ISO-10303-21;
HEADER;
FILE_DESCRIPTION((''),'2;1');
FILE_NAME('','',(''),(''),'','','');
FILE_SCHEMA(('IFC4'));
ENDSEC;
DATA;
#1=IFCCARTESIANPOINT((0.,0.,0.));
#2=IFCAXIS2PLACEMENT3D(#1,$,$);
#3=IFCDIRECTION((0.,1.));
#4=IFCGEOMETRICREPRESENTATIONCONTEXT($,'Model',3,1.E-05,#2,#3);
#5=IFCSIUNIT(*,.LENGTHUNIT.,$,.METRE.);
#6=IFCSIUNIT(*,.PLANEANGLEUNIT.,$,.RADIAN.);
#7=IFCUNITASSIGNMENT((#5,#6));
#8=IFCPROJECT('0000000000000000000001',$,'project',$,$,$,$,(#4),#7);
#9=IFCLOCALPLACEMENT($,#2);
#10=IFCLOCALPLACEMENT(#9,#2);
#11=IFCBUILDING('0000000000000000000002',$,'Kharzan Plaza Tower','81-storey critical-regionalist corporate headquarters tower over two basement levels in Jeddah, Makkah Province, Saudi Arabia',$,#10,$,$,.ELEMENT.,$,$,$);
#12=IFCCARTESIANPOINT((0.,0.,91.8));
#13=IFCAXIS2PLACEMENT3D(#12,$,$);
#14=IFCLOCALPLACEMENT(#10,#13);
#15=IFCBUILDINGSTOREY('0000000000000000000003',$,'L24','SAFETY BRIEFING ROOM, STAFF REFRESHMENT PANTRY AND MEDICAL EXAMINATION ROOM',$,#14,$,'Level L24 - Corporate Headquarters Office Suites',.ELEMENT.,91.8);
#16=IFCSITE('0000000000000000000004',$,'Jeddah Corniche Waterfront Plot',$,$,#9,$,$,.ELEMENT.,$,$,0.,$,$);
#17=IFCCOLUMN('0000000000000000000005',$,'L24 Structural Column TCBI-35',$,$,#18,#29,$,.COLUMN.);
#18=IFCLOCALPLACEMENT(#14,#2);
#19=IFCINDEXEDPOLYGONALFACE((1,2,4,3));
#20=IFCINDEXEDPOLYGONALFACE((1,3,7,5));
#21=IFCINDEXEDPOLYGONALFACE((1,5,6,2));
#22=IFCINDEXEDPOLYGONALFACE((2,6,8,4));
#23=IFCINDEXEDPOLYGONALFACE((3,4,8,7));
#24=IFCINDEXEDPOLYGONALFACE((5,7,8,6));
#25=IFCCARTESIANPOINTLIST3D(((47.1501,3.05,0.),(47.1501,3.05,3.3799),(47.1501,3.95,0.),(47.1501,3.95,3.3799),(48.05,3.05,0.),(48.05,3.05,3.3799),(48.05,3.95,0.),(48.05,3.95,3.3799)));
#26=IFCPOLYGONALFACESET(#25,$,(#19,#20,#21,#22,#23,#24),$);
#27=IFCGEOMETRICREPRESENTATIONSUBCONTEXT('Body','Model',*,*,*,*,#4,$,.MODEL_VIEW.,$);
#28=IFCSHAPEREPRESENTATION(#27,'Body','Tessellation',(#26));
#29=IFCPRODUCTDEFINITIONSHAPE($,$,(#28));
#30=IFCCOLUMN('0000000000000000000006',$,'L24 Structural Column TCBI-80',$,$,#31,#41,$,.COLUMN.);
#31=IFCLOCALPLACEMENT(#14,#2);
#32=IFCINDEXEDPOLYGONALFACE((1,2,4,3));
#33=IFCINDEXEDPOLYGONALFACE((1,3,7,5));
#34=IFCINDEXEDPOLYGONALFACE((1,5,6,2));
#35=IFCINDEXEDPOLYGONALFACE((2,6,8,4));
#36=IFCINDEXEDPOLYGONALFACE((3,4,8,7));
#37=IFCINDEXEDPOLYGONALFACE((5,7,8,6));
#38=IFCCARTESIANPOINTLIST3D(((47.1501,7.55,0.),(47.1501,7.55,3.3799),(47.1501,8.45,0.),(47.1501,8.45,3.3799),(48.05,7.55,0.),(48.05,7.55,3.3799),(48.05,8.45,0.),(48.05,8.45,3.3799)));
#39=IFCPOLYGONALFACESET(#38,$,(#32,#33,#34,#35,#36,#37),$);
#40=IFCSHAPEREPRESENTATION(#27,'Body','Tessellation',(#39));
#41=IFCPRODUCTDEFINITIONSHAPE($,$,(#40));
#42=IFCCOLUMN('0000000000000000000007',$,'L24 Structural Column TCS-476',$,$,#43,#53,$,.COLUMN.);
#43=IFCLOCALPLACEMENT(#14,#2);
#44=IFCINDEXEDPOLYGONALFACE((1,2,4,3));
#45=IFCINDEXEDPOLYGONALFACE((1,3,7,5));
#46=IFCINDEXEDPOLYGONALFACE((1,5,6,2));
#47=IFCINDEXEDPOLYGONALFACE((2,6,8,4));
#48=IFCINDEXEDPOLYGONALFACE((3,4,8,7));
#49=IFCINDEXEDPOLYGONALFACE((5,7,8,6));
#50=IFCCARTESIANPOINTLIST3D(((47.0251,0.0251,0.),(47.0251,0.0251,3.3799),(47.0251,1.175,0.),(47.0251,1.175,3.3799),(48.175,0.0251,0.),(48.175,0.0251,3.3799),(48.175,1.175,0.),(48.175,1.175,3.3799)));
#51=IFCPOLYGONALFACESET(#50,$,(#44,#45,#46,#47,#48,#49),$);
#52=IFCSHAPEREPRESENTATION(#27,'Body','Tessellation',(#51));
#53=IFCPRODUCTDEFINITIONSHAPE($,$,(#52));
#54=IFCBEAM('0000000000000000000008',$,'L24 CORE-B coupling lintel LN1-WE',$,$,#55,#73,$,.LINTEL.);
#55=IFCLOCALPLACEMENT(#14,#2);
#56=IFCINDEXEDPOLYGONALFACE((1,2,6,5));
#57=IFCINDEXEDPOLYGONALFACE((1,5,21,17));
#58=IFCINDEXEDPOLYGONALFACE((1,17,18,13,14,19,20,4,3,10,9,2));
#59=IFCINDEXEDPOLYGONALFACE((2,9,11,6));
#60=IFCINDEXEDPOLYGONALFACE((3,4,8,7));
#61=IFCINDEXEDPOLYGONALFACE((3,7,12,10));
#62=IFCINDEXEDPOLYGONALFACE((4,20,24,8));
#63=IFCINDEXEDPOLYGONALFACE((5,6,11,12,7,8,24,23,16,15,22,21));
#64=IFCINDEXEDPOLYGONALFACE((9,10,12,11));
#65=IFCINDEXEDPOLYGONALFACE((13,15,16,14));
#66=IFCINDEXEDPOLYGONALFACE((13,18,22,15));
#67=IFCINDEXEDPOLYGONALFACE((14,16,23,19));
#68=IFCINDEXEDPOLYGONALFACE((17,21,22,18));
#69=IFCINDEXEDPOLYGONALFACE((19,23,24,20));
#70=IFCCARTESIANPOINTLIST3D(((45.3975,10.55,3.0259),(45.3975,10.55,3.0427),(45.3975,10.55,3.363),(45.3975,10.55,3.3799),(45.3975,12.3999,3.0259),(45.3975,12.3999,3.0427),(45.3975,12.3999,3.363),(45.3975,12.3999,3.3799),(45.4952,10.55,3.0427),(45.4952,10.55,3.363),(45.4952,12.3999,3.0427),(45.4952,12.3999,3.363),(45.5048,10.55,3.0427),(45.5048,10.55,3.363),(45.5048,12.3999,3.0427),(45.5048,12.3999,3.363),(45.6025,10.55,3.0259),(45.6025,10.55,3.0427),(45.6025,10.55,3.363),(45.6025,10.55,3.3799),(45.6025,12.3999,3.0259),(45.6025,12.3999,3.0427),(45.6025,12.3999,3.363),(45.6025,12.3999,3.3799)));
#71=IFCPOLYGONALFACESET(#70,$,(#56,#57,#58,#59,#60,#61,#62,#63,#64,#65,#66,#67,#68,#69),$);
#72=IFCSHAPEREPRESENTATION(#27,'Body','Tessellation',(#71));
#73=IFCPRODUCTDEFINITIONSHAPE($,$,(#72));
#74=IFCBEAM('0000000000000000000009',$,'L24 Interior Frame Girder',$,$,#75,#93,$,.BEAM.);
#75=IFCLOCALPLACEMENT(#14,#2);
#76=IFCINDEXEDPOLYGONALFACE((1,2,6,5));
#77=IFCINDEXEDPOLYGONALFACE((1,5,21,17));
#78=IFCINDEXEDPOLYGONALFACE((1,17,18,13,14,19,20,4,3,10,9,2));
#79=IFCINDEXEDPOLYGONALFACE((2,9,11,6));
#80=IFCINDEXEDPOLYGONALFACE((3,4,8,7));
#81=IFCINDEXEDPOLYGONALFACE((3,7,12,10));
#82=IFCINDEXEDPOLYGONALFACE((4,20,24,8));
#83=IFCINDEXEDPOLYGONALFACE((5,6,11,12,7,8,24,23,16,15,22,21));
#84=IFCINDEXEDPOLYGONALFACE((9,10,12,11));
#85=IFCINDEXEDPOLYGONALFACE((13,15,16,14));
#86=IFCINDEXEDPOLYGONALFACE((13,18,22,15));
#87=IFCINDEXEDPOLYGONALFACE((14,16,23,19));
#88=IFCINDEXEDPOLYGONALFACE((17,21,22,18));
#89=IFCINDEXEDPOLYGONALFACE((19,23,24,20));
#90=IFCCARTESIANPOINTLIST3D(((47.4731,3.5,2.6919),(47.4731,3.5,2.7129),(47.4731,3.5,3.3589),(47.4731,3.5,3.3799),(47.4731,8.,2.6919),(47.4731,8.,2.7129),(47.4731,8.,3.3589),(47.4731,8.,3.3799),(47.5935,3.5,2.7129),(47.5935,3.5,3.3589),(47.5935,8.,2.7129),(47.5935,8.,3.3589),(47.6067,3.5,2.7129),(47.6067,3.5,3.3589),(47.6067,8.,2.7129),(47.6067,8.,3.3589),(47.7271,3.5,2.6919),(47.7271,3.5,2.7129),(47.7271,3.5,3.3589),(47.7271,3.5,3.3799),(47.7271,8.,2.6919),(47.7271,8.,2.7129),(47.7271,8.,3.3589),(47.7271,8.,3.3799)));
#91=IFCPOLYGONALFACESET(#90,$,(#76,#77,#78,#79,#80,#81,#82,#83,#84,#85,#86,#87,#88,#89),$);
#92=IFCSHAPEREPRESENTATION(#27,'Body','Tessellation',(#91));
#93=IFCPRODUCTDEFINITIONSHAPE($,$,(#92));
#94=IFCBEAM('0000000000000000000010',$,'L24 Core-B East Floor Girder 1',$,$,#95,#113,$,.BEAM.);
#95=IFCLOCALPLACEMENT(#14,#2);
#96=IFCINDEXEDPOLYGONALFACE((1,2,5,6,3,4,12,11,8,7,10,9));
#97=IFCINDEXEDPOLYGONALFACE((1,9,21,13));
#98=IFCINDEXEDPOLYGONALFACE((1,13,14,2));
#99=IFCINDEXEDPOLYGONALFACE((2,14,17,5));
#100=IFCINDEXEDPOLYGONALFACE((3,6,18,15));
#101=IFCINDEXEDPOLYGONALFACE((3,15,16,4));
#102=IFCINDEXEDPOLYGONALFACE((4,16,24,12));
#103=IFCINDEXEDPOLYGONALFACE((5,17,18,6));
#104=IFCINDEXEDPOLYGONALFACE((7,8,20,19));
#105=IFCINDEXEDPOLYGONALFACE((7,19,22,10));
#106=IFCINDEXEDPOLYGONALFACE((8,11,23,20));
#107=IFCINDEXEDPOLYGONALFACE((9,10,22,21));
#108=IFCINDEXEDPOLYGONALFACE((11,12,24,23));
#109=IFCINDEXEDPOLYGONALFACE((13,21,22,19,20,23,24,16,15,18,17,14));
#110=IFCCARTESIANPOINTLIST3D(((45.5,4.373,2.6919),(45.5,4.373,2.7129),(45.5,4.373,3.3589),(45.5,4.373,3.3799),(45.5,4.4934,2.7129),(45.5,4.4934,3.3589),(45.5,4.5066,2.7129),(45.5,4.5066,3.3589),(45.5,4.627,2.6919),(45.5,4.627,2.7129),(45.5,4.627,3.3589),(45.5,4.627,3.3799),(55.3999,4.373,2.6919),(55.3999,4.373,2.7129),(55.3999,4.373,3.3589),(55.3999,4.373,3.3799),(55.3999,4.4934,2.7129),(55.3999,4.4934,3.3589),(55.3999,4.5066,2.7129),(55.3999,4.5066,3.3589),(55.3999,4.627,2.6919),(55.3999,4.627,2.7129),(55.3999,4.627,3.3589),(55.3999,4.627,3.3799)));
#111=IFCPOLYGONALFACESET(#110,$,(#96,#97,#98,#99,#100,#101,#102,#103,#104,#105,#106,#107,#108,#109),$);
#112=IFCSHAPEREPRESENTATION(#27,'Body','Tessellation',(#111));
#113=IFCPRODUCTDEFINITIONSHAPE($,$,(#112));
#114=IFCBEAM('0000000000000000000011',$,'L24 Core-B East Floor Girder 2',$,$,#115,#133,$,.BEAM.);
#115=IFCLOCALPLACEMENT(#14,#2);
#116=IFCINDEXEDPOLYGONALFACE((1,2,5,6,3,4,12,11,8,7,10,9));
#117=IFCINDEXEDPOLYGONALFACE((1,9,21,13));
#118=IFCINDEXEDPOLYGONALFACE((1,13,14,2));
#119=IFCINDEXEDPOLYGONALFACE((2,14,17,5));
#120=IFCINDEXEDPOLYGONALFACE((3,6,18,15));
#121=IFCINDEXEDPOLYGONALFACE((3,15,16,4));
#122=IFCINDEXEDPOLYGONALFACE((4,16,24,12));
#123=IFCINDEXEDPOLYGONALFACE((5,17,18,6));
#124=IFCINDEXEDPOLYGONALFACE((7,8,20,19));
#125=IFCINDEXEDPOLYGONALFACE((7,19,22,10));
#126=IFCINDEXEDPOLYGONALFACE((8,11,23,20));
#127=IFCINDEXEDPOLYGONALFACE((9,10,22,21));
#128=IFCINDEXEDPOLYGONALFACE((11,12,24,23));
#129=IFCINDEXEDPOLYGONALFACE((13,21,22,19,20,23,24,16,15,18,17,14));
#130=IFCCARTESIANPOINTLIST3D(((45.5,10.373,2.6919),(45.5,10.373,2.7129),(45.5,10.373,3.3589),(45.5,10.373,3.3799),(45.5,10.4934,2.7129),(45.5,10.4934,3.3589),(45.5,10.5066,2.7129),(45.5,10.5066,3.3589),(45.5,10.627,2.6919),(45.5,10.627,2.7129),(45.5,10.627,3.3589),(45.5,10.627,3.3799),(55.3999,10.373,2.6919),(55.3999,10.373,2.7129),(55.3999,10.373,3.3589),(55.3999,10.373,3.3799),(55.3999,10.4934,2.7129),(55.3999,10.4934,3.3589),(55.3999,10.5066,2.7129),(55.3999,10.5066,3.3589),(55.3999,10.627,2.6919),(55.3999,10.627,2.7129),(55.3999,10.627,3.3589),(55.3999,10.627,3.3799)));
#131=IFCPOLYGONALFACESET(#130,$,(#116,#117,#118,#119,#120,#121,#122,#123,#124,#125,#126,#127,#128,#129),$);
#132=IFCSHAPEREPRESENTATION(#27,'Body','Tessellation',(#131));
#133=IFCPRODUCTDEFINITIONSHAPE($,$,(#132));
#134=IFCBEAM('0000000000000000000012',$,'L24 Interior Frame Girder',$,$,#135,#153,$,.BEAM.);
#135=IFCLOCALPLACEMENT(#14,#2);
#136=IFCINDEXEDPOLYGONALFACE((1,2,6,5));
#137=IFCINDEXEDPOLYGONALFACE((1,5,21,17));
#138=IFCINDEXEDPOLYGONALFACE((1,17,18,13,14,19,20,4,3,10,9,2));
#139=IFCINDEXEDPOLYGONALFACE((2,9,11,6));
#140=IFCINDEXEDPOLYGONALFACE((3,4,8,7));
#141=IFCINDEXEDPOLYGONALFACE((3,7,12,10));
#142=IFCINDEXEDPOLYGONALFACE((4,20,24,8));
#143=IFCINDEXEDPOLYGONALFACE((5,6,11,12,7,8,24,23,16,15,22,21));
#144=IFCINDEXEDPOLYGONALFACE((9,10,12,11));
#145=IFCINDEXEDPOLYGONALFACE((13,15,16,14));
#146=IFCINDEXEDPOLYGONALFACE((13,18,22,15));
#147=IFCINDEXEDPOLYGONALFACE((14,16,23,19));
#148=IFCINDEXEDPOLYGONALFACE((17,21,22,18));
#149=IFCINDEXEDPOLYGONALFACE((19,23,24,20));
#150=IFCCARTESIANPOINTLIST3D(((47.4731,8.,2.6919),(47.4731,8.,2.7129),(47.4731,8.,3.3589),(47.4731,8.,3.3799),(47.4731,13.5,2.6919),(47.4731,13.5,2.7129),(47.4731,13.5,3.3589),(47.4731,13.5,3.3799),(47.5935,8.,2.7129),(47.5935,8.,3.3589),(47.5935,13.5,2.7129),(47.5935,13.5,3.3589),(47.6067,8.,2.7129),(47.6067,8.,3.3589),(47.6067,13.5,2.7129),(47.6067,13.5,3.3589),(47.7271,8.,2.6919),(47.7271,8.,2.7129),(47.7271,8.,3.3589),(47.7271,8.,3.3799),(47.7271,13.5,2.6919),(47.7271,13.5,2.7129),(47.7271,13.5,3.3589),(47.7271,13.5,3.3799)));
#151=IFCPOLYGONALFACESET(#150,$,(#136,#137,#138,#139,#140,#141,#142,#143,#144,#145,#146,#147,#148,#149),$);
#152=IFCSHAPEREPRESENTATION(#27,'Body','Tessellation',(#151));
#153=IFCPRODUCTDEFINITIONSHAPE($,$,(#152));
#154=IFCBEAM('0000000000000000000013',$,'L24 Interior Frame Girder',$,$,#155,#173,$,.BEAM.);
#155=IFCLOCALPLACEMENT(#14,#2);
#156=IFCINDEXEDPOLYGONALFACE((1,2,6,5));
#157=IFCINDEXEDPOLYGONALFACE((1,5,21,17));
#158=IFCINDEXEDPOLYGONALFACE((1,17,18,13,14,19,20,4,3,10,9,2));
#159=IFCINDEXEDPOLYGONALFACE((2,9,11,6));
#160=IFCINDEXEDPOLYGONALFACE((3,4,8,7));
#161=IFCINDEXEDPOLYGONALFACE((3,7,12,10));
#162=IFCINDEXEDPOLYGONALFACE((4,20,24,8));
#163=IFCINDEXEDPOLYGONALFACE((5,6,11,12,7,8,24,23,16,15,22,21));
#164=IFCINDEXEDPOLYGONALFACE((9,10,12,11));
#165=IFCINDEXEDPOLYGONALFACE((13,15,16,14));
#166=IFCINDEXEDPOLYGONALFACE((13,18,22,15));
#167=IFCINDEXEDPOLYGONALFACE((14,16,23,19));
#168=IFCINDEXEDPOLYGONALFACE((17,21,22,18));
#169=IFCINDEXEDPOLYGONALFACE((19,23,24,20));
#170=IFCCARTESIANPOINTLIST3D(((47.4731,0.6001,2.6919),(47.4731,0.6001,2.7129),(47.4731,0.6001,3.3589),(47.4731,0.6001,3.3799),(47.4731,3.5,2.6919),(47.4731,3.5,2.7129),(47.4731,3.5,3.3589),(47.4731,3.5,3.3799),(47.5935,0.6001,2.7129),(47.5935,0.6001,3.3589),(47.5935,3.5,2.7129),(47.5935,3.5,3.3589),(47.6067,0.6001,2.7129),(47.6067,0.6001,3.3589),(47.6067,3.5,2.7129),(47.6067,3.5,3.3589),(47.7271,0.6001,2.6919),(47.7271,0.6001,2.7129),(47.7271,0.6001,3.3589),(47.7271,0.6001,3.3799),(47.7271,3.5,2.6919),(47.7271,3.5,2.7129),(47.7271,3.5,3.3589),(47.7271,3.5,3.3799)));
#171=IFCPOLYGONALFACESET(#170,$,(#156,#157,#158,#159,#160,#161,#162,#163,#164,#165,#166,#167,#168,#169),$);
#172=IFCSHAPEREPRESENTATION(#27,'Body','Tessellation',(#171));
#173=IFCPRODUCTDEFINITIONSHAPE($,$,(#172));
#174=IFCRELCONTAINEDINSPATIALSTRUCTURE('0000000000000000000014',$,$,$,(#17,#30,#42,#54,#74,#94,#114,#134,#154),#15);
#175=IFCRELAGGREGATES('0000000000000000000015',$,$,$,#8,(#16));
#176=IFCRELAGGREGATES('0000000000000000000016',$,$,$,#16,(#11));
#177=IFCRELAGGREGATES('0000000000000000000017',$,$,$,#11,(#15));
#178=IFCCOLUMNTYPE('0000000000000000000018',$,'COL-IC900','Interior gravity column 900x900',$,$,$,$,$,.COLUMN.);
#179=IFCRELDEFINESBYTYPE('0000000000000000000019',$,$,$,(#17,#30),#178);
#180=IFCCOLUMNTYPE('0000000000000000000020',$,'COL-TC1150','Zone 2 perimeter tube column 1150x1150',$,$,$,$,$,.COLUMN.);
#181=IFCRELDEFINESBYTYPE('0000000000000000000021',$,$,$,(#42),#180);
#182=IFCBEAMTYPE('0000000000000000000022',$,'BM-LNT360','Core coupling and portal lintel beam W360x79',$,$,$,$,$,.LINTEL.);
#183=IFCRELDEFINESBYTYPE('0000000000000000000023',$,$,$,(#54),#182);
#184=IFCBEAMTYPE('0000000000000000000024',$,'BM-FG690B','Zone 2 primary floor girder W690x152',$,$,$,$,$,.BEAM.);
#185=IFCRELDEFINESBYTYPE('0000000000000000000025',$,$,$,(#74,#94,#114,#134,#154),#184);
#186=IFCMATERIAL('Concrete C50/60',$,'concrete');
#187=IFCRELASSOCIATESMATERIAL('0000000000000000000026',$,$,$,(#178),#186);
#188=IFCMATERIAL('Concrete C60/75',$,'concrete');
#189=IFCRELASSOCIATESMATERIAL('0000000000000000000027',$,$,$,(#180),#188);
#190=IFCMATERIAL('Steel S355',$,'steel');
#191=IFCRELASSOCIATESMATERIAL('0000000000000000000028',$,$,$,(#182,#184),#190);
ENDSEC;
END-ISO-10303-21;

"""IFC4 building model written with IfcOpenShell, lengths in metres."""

from ifc_helpers import new_model, si_unit, direction, frame, origin, origin_2d, place, context, subcontext, project, spatial, rectangle, i_section, extrude, source, transform, mapped, material, material_profile, profile_set, type_object, element, save


model = new_model("IFC4")

# Units and contexts
model_context = context("Model", 3, precision=1e-05, world=origin(), true_north=direction((0.0, 1.0)))
body_context = subcontext(model_context, "Body", "Model", "MODEL_VIEW")
ifc_project = project(units=[si_unit("LENGTHUNIT", "METRE"), si_unit("PLANEANGLEUNIT", "RADIAN")], contexts=[model_context])

# Site, building, storey
site_placement = place(None, origin())
site = spatial("IfcSite", under=ifc_project, at=site_placement, Name="Jeddah Corniche Waterfront Plot", CompositionType="ELEMENT", RefElevation=0.0)
building_placement = place(site_placement, origin())
building = spatial("IfcBuilding", under=site, at=building_placement, Name="Kharzan Plaza Tower", Description="81-storey critical-regionalist corporate headquarters tower over two basement levels in Jeddah, Makkah Province, Saudi Arabia", CompositionType="ELEMENT")
storey_placement = place(building_placement, frame((0.0, 0.0, 91.8)))
storey = spatial("IfcBuildingStorey", under=building, at=storey_placement, Name="L24", Description="SAFETY BRIEFING ROOM, STAFF REFRESHMENT PANTRY AND MEDICAL EXAMINATION ROOM", LongName="Level L24 - Corporate Headquarters Office Suites", CompositionType="ELEMENT", Elevation=91.8)

# Columns
ifc_material_1 = material(Name="Concrete C50/60", Category="concrete")
ifc_material_profile_1 = material_profile(ifc_material_1, rectangle(XDim=0.8999, YDim=0.8999, at=origin_2d()), Name="RC-IC900x900")
ifc_profile_set_1 = profile_set([ifc_material_profile_1], Name="Concrete C50/60")
column_type_1 = type_object("IfcColumnType", Name="COL-IC900", Description="Interior gravity column 900x900", PredefinedType="COLUMN", material=ifc_profile_set_1)
shared_shape_1 = source(origin(), body_context, "Body", "SweptSolid", [
    extrude(rectangle(XDim=0.8999, YDim=0.8999, at=origin_2d()), origin(), (0.0, 0.0, 1.0), 3.3799),
])
for number, where, z_axis, x_axis, name in (
    (1, (47.6001, 3.5, 0.0), (0.0, 0.0, 1.0), (1.0, 0.0, 0.0), "L24 Structural Column TCBI-35"),
    (2, (47.6001, 8.0, 0.0), (0.0, 0.0, 1.0), (1.0, 0.0, 0.0), "L24 Structural Column TCBI-80"),
):
    element("IfcColumn", number, at=place(storey_placement, frame(where, z_axis=z_axis, x_axis=x_axis)), inside=storey, type_object=column_type_1, Name=name, PredefinedType="COLUMN", context=body_context, shape_type="MappedRepresentation", body=[
        mapped(shared_shape_1, transform((0.0, 0.0, 0.0), x_axis=(1.0, 0.0, 0.0), y_axis=(0.0, 1.0, 0.0), z_axis=(0.0, 0.0, 1.0))),
    ])
ifc_material_2 = material(Name="Concrete C60/75", Category="concrete")
ifc_material_profile_2 = material_profile(ifc_material_2, rectangle(XDim=1.1499, YDim=1.1499, at=origin_2d()), Name="RC-TC1150x1150")
ifc_profile_set_2 = profile_set([ifc_material_profile_2], Name="Concrete C60/75")
column_type_2 = type_object("IfcColumnType", Name="COL-TC1150", Description="Zone 2 perimeter tube column 1150x1150", PredefinedType="COLUMN", material=ifc_profile_set_2)
shared_shape_2 = source(origin(), body_context, "Body", "SweptSolid", [
    extrude(rectangle(XDim=1.1499, YDim=1.1499, at=origin_2d()), origin(), (0.0, 0.0, 1.0), 3.3799),
])
column_placement = place(storey_placement, frame((47.6001, 0.6001, 0.0), z_axis=(0.0, 0.0, 1.0), x_axis=(1.0, 0.0, 0.0)))
element("IfcColumn", 3, at=column_placement, inside=storey, type_object=column_type_2, Name="L24 Structural Column TCS-476", PredefinedType="COLUMN", context=body_context, shape_type="MappedRepresentation", body=[
    mapped(shared_shape_2, transform((0.0, 0.0, 0.0), x_axis=(1.0, 0.0, 0.0), y_axis=(0.0, 1.0, 0.0), z_axis=(0.0, 0.0, 1.0))),
])

# Beams
ifc_material_3 = material(Name="Steel S355", Category="steel")
ifc_material_profile_3 = material_profile(ifc_material_3, i_section(OverallWidth=0.2051, OverallDepth=0.354, WebThickness=0.0095, FlangeThickness=0.0168, at=origin_2d()), Name="W360x79")
ifc_profile_set_3 = profile_set([ifc_material_profile_3], Name="Steel S355")
beam_type_1 = type_object("IfcBeamType", Name="BM-LNT360", Description="Core coupling and portal lintel beam W360x79", PredefinedType="LINTEL", material=ifc_profile_set_3)
shared_shape_3 = source(origin(), body_context, "Body", "SweptSolid", [
    extrude(i_section(OverallWidth=0.2051, OverallDepth=0.354, WebThickness=0.0095, FlangeThickness=0.0168, at=origin_2d()), origin(), (0.0, 0.0, 1.0), 1.8499),
])
beam_1_placement = place(storey_placement, frame((45.5, 10.55, 3.2029), z_axis=(0.0, 1.0, 0.0), x_axis=(-1.0, 0.0, 0.0)))
element("IfcBeam", 4, at=beam_1_placement, inside=storey, type_object=beam_type_1, Name="L24 CORE-B coupling lintel LN1-WE", PredefinedType="LINTEL", context=body_context, shape_type="MappedRepresentation", body=[
    mapped(shared_shape_3, transform((0.0, 0.0, 0.0), x_axis=(1.0, 0.0, 0.0), y_axis=(0.0, 1.0, 0.0), z_axis=(0.0, 0.0, 1.0))),
])
ifc_material_profile_4 = material_profile(ifc_material_3, i_section(OverallWidth=0.2539, OverallDepth=0.688, WebThickness=0.0132, FlangeThickness=0.021, at=origin_2d()), Name="W690x152")
ifc_profile_set_4 = profile_set([ifc_material_profile_4], Name="Steel S355")
beam_type_2 = type_object("IfcBeamType", Name="BM-FG690B", Description="Zone 2 primary floor girder W690x152", PredefinedType="BEAM", material=ifc_profile_set_4)
shared_shape_4 = source(origin(), body_context, "Body", "SweptSolid", [
    extrude(i_section(OverallWidth=0.2539, OverallDepth=0.688, WebThickness=0.0132, FlangeThickness=0.021, at=origin_2d()), origin(), (0.0, 0.0, 1.0), 4.5),
])
beam_2_placement = place(storey_placement, frame((47.6001, 3.5, 3.0359), z_axis=(0.0, 1.0, 0.0), x_axis=(-1.0, 0.0, 0.0)))
element("IfcBeam", 5, at=beam_2_placement, inside=storey, type_object=beam_type_2, Name="L24 Interior Frame Girder", PredefinedType="BEAM", context=body_context, shape_type="MappedRepresentation", body=[
    mapped(shared_shape_4, transform((0.0, 0.0, 0.0), x_axis=(1.0, 0.0, 0.0), y_axis=(0.0, 1.0, 0.0), z_axis=(0.0, 0.0, 1.0))),
])
shared_shape_5 = source(origin(), body_context, "Body", "SweptSolid", [
    extrude(i_section(OverallWidth=0.2539, OverallDepth=0.688, WebThickness=0.0132, FlangeThickness=0.021, at=origin_2d()), origin(), (0.0, 0.0, 1.0), 9.8999),
])
for number, where, z_axis, x_axis, name in (
    (6, (45.5, 4.5, 3.0359), (1.0, 0.0, 0.0), (0.0, 1.0, 0.0), "L24 Core-B East Floor Girder 1"),
    (7, (45.5, 10.5, 3.0359), (1.0, 0.0, 0.0), (0.0, 1.0, 0.0), "L24 Core-B East Floor Girder 2"),
):
    element("IfcBeam", number, at=place(storey_placement, frame(where, z_axis=z_axis, x_axis=x_axis)), inside=storey, type_object=beam_type_2, Name=name, PredefinedType="BEAM", context=body_context, shape_type="MappedRepresentation", body=[
        mapped(shared_shape_5, transform((0.0, 0.0, 0.0), x_axis=(1.0, 0.0, 0.0), y_axis=(0.0, 1.0, 0.0), z_axis=(0.0, 0.0, 1.0))),
    ])
shared_shape_6 = source(origin(), body_context, "Body", "SweptSolid", [
    extrude(i_section(OverallWidth=0.2539, OverallDepth=0.688, WebThickness=0.0132, FlangeThickness=0.021, at=origin_2d()), origin(), (0.0, 0.0, 1.0), 5.5),
])
beam_3_placement = place(storey_placement, frame((47.6001, 8.0, 3.0359), z_axis=(0.0, 1.0, 0.0), x_axis=(-1.0, 0.0, 0.0)))
element("IfcBeam", 8, at=beam_3_placement, inside=storey, type_object=beam_type_2, Name="L24 Interior Frame Girder", PredefinedType="BEAM", context=body_context, shape_type="MappedRepresentation", body=[
    mapped(shared_shape_6, transform((0.0, 0.0, 0.0), x_axis=(1.0, 0.0, 0.0), y_axis=(0.0, 1.0, 0.0), z_axis=(0.0, 0.0, 1.0))),
])
shared_shape_7 = source(origin(), body_context, "Body", "SweptSolid", [
    extrude(i_section(OverallWidth=0.2539, OverallDepth=0.688, WebThickness=0.0132, FlangeThickness=0.021, at=origin_2d()), origin(), (0.0, 0.0, 1.0), 2.8999),
])
for number, where, z_axis, x_axis, name in (
    (9, (47.6001, 0.6001, 3.0359), (0.0, 1.0, 0.0), (-1.0, 0.0, 0.0), "L24 Interior Frame Girder"),
):
    element("IfcBeam", number, at=place(storey_placement, frame(where, z_axis=z_axis, x_axis=x_axis)), inside=storey, type_object=beam_type_2, Name=name, PredefinedType="BEAM", context=body_context, shape_type="MappedRepresentation", body=[
        mapped(shared_shape_7, transform((0.0, 0.0, 0.0), x_axis=(1.0, 0.0, 0.0), y_axis=(0.0, 1.0, 0.0), z_axis=(0.0, 0.0, 1.0))),
    ])

save(model, "model.ifc")
